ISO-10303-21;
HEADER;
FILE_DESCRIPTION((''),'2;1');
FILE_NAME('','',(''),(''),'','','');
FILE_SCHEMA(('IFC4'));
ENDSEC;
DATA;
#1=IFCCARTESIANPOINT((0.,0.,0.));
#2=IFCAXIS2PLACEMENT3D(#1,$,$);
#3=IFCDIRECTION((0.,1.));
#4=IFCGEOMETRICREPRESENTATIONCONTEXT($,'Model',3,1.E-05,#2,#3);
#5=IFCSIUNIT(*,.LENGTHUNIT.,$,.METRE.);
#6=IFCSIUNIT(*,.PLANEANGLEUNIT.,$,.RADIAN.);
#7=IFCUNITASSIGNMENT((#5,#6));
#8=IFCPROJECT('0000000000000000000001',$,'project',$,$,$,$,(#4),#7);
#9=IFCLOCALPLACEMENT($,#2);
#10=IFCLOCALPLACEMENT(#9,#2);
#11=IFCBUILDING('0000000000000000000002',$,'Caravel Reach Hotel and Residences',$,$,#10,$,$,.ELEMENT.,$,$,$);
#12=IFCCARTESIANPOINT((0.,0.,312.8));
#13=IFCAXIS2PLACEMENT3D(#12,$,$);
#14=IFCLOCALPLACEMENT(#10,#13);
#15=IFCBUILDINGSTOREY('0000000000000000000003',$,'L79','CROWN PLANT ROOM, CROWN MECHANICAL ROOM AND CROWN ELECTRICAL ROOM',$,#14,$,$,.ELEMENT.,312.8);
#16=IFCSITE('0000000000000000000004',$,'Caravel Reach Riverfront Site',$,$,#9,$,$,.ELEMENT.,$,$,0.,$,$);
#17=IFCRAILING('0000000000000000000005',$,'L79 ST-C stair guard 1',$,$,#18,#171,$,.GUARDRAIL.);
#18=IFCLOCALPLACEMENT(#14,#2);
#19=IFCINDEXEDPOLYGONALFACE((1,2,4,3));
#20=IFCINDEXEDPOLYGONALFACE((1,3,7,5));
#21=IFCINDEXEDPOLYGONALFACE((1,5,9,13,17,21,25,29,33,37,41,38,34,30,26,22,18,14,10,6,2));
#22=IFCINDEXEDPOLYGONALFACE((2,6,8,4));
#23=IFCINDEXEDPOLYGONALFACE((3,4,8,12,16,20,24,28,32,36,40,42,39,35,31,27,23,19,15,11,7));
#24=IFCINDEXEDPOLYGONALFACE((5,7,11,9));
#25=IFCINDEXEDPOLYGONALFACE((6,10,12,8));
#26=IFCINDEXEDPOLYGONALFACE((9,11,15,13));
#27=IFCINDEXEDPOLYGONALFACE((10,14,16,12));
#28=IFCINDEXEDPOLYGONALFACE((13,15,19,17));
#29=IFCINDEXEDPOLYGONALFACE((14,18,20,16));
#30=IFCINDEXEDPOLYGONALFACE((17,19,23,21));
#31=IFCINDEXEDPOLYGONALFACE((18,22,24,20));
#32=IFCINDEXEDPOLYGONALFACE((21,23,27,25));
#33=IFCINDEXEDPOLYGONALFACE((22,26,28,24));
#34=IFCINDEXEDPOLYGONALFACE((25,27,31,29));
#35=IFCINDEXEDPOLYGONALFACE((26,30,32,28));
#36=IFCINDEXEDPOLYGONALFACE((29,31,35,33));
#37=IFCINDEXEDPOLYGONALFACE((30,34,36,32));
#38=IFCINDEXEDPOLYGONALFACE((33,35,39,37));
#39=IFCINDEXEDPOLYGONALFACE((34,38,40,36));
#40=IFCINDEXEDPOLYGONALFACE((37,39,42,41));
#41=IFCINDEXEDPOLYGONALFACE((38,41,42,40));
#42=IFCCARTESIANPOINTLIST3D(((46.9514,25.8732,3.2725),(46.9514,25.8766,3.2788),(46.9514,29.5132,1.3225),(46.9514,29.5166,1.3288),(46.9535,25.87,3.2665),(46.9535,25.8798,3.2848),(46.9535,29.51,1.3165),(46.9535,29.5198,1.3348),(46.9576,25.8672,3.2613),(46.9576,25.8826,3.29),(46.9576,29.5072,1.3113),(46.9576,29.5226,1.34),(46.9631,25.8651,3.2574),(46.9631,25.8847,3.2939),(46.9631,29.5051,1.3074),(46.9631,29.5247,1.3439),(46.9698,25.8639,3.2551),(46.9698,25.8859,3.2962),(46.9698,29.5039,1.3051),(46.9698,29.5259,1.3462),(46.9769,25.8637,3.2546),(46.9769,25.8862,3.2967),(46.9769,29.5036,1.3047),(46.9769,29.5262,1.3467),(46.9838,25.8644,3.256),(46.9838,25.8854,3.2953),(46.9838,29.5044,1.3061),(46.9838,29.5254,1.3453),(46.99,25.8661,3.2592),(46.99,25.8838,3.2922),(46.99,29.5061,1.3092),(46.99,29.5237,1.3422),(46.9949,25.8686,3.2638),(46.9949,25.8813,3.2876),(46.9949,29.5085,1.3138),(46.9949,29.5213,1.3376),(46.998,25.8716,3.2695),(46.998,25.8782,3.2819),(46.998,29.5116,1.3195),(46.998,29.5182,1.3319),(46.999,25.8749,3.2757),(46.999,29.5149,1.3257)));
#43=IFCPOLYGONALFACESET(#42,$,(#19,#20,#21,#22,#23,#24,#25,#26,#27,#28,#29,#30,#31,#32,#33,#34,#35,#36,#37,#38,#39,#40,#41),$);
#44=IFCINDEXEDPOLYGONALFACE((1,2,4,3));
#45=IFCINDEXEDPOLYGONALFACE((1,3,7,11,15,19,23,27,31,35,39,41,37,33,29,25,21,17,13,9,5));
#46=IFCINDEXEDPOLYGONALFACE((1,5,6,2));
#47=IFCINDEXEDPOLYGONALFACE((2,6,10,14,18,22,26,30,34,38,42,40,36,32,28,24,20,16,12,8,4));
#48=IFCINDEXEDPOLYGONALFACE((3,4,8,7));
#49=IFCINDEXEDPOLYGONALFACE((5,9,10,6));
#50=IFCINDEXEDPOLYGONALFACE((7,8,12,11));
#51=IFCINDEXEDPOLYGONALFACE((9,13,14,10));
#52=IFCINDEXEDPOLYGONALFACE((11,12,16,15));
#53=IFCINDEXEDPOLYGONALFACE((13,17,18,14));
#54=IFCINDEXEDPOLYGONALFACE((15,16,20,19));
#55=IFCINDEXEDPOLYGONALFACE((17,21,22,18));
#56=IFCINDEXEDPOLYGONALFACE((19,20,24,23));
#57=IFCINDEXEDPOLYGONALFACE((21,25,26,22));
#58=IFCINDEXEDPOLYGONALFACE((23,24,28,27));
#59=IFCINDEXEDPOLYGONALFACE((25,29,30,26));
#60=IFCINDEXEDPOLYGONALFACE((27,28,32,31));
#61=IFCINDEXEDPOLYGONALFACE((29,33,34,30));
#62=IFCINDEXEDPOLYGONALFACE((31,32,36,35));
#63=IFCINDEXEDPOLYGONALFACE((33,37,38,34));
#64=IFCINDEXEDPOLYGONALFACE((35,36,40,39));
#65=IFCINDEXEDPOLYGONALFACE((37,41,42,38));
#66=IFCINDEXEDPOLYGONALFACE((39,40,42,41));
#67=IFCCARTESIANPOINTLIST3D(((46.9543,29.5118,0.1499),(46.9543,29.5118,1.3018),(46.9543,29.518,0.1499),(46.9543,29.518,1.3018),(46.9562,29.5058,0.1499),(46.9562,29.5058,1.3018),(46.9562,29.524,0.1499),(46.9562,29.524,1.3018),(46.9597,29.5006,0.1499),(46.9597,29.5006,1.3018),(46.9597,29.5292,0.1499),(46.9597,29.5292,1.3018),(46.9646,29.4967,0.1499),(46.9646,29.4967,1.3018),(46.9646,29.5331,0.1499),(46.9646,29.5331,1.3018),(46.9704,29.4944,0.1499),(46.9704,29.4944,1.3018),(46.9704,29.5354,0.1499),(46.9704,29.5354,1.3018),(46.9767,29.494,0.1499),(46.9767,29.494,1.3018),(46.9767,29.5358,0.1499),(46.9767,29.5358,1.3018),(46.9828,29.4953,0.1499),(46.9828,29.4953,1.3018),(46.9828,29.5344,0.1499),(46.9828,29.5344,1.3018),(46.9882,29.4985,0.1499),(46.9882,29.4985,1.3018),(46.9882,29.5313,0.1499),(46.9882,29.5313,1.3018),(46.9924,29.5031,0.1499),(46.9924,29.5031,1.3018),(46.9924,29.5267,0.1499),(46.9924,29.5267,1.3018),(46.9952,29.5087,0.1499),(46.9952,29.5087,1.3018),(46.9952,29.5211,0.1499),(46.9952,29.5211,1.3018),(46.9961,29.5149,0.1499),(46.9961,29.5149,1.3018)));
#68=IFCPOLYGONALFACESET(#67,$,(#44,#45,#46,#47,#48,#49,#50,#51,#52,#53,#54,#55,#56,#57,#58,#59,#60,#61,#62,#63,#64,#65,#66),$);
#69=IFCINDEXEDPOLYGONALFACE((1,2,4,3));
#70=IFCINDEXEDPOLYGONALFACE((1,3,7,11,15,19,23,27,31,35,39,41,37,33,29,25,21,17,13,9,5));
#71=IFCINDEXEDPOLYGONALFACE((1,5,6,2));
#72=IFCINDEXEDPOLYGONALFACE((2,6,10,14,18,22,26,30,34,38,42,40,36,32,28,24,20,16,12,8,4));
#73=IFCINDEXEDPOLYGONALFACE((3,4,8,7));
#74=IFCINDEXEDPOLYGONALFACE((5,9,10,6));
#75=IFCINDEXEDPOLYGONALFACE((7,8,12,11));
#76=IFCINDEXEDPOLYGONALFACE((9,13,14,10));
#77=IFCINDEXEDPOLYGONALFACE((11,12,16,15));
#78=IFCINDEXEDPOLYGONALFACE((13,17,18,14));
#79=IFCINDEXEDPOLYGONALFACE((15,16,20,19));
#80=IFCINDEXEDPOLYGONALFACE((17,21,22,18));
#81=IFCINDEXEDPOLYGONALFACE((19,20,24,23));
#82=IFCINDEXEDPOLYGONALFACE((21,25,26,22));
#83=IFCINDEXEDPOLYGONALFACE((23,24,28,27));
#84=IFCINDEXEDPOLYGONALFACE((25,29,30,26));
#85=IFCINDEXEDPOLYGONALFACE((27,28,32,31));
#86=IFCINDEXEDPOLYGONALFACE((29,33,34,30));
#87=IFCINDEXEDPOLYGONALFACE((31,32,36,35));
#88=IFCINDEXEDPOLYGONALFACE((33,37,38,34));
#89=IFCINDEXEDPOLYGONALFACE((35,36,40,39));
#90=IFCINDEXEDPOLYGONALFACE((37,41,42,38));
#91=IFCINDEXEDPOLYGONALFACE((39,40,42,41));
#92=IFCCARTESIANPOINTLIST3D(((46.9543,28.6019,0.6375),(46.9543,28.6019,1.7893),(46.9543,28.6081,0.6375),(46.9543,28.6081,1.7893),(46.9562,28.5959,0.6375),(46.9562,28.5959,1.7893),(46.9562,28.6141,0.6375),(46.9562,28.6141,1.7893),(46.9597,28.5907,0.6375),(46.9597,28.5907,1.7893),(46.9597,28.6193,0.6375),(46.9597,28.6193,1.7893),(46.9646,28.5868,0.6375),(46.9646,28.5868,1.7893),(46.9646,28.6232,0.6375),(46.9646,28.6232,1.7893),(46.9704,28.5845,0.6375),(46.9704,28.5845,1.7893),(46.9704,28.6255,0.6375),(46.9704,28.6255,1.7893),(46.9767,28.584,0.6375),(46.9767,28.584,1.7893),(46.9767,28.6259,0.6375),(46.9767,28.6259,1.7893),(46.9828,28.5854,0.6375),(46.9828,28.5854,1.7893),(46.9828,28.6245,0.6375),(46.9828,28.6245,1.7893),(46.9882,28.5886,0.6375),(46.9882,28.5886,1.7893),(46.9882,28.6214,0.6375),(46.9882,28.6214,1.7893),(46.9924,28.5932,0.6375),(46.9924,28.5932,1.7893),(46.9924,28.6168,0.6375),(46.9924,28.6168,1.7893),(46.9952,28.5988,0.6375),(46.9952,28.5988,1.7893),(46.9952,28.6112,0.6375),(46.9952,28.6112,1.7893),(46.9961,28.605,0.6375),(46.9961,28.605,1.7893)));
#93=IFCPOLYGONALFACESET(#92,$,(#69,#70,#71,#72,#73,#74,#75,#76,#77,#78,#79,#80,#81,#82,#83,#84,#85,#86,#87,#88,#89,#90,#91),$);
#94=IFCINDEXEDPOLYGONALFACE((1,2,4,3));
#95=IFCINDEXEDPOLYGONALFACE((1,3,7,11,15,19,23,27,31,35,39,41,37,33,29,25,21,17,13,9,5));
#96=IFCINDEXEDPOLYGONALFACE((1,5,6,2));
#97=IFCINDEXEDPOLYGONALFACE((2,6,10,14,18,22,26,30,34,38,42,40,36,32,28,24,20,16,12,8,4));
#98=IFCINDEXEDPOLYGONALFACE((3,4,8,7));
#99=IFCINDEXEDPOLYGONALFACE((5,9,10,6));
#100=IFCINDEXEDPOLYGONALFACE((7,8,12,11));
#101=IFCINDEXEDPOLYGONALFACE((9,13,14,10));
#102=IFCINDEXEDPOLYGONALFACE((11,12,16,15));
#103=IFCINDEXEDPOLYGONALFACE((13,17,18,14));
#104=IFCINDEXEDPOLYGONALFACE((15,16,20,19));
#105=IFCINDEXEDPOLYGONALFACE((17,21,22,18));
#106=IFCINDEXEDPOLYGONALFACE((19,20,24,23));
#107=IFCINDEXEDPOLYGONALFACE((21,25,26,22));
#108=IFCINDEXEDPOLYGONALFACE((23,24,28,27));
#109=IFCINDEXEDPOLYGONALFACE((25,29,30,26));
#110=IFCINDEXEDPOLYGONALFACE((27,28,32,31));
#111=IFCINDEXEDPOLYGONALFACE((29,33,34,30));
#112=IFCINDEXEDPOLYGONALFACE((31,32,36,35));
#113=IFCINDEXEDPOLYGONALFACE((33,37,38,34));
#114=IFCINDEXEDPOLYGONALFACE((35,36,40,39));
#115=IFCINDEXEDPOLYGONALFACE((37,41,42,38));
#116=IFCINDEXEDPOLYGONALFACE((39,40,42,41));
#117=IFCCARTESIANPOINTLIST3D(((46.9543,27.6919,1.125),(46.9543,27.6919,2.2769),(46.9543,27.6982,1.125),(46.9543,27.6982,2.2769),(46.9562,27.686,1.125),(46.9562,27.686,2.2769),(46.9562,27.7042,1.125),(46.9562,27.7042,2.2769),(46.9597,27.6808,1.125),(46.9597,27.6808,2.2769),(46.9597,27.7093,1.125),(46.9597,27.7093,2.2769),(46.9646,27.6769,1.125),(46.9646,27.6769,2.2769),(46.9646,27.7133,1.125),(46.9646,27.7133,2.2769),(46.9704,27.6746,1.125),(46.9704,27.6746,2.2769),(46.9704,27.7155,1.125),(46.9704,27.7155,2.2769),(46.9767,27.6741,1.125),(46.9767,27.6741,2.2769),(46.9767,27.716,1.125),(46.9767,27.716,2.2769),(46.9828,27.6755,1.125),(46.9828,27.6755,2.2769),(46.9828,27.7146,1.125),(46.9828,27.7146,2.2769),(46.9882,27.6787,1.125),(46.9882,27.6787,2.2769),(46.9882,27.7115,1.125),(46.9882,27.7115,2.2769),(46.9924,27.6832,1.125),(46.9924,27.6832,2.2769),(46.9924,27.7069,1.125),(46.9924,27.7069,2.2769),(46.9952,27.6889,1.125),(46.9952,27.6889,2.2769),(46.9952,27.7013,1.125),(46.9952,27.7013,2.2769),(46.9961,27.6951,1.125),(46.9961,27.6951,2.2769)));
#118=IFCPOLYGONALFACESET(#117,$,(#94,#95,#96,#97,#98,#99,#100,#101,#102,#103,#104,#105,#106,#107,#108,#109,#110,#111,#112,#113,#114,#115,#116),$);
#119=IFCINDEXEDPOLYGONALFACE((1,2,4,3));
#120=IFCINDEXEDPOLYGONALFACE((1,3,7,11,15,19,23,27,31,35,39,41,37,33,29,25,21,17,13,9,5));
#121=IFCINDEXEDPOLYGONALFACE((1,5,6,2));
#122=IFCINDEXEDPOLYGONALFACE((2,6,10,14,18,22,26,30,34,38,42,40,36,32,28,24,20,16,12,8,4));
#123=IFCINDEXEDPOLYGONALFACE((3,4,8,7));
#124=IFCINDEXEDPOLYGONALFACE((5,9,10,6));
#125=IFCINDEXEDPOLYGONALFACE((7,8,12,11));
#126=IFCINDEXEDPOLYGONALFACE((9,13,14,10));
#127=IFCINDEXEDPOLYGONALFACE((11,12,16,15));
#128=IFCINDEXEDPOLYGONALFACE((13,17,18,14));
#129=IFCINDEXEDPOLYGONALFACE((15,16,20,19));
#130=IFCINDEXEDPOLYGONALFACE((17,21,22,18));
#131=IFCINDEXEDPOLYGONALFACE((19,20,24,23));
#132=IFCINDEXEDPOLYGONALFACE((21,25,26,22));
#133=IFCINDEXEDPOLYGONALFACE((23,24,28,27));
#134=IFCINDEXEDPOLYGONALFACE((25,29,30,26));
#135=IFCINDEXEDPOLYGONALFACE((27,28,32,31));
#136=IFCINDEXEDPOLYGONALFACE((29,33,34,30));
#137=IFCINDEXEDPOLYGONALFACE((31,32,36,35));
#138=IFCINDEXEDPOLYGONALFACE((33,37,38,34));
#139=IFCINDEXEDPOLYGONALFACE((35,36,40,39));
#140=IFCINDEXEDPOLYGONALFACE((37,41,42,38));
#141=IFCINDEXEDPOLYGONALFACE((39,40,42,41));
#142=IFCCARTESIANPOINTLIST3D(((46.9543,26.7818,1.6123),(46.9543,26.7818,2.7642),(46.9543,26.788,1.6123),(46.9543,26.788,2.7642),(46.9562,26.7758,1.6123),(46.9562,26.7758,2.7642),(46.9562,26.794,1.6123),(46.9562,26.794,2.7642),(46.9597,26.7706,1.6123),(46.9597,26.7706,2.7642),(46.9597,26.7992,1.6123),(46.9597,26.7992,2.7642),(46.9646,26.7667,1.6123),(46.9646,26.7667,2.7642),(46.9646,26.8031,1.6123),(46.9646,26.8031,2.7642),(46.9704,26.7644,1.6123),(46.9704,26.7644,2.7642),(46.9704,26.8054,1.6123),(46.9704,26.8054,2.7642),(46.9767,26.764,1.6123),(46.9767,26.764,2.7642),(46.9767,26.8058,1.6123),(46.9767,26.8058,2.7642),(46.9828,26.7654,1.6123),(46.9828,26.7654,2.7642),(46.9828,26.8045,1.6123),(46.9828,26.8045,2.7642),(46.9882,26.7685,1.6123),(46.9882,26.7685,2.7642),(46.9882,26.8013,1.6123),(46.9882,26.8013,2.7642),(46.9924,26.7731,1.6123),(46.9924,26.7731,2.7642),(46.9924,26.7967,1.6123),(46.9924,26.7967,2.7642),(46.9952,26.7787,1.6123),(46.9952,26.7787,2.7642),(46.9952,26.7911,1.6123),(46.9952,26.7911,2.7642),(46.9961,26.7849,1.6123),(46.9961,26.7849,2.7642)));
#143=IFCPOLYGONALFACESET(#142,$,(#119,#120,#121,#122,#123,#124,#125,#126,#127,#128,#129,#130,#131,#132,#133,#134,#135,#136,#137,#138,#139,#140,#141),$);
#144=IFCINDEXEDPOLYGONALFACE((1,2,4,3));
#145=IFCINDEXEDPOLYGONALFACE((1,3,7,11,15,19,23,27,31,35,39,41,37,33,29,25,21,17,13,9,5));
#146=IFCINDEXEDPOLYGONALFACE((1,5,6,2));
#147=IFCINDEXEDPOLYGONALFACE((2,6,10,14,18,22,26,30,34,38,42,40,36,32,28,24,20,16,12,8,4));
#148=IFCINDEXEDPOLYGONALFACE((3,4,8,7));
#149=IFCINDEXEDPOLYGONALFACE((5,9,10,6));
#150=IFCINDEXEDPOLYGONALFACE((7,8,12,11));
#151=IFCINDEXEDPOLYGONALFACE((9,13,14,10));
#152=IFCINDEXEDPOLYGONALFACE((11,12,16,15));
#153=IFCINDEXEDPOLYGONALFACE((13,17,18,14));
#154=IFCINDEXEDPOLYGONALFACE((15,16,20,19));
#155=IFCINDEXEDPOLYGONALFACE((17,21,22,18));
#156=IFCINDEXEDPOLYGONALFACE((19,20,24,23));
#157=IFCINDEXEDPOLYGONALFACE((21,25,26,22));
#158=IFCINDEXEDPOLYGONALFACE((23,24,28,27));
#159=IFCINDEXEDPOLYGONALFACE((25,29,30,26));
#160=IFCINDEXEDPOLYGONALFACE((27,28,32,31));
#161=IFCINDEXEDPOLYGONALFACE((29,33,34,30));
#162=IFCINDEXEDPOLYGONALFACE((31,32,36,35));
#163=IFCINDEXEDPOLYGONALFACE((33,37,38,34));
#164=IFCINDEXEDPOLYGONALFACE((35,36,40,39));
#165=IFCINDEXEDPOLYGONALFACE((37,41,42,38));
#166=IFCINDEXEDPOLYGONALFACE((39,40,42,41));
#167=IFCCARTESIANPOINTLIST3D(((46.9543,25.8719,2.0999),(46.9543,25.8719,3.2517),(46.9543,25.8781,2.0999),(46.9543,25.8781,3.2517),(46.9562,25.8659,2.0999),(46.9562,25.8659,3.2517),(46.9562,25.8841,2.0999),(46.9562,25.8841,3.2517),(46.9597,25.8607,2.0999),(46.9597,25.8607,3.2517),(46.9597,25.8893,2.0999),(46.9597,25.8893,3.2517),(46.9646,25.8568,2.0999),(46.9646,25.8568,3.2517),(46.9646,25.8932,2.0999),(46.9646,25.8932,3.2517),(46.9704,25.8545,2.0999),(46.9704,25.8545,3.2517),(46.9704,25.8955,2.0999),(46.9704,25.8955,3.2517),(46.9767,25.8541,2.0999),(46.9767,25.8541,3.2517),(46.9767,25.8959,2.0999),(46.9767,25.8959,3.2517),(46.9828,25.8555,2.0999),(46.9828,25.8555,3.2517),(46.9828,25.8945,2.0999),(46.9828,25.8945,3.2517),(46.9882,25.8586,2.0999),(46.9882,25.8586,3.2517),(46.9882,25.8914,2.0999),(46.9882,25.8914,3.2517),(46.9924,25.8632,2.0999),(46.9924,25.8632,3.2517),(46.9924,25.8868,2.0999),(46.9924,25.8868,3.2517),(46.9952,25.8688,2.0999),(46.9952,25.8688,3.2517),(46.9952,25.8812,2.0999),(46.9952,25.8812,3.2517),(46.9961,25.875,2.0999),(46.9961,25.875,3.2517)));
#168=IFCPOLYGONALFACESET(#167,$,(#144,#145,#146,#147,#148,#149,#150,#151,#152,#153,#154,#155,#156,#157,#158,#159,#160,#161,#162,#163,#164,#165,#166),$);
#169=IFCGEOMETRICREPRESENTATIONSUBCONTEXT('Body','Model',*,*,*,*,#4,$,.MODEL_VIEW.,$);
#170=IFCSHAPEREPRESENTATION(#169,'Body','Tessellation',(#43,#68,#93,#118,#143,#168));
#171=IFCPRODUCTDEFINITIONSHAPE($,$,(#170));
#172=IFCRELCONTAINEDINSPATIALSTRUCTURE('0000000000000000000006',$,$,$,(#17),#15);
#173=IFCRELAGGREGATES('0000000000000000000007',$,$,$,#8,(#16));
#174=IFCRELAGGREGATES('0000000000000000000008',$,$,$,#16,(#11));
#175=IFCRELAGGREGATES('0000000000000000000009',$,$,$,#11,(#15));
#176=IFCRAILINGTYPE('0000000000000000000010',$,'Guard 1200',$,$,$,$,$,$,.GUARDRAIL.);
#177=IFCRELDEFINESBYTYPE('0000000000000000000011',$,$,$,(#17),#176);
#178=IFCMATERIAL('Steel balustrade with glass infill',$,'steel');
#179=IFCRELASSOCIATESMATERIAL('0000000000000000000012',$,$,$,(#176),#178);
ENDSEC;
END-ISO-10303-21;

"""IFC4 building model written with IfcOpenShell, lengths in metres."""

from ifc_helpers import new_model, si_unit, direction, frame, origin, origin_2d, place, context, subcontext, project, spatial, circle, extrude, material, type_object, element, save


model = new_model("IFC4")

# Units and contexts
model_context = context("Model", 3, precision=1e-05, world=origin(), true_north=direction((0.0, 1.0)))
body_context = subcontext(model_context, "Body", "Model", "MODEL_VIEW")
ifc_project = project(units=[si_unit("LENGTHUNIT", "METRE"), si_unit("PLANEANGLEUNIT", "RADIAN")], contexts=[model_context])

# Site, building, storey
site_placement = place(None, origin())
site = spatial("IfcSite", under=ifc_project, at=site_placement, Name="Caravel Reach Riverfront Site", CompositionType="ELEMENT", RefElevation=0.0)
building_placement = place(site_placement, origin())
building = spatial("IfcBuilding", under=site, at=building_placement, Name="Caravel Reach Hotel and Residences", CompositionType="ELEMENT")
storey_placement = place(building_placement, frame((0.0, 0.0, 312.8)))
storey = spatial("IfcBuildingStorey", under=building, at=storey_placement, Name="L79", Description="CROWN PLANT ROOM, CROWN MECHANICAL ROOM AND CROWN ELECTRICAL ROOM", CompositionType="ELEMENT", Elevation=312.8)

# Railing
ifc_material_1 = material(Name="Steel balustrade with glass infill", Category="steel")
railing_type_1 = type_object("IfcRailingType", Name="Guard 1200", PredefinedType="GUARDRAIL", material=ifc_material_1)
railing_1_placement = place(storey_placement, frame((46.9751, 29.5149, 0.1499)))
element("IfcRailing", 1, at=railing_1_placement, inside=storey, type_object=railing_type_1, Name="L79 ST-C stair guard 1", PredefinedType="GUARDRAIL", context=body_context, shape_type="SweptSolid", body=[
    extrude(circle(Radius=0.0239, at=origin_2d()), frame((0.0, 0.0, 1.1758), z_axis=(0.0, -0.881479, 0.472223), x_axis=(1.0, 0.0, 0.0)), (0.0, 0.0, 1.0), 4.1294),
    extrude(circle(Radius=0.021, at=origin_2d()), origin(), (0.0, 0.0, 1.0), 1.1519),
    extrude(circle(Radius=0.021, at=origin_2d()), frame((0.0, -0.9099, 0.4875)), (0.0, 0.0, 1.0), 1.1519),
    extrude(circle(Radius=0.021, at=origin_2d()), frame((0.0, -1.8198, 0.9751)), (0.0, 0.0, 1.0), 1.1519),
    extrude(circle(Radius=0.021, at=origin_2d()), frame((0.0, -2.73, 1.4624)), (0.0, 0.0, 1.0), 1.1519),
    extrude(circle(Radius=0.021, at=origin_2d()), frame((0.0, -3.6399, 1.95)), (0.0, 0.0, 1.0), 1.1519),
])

save(model, "model.ifc")
